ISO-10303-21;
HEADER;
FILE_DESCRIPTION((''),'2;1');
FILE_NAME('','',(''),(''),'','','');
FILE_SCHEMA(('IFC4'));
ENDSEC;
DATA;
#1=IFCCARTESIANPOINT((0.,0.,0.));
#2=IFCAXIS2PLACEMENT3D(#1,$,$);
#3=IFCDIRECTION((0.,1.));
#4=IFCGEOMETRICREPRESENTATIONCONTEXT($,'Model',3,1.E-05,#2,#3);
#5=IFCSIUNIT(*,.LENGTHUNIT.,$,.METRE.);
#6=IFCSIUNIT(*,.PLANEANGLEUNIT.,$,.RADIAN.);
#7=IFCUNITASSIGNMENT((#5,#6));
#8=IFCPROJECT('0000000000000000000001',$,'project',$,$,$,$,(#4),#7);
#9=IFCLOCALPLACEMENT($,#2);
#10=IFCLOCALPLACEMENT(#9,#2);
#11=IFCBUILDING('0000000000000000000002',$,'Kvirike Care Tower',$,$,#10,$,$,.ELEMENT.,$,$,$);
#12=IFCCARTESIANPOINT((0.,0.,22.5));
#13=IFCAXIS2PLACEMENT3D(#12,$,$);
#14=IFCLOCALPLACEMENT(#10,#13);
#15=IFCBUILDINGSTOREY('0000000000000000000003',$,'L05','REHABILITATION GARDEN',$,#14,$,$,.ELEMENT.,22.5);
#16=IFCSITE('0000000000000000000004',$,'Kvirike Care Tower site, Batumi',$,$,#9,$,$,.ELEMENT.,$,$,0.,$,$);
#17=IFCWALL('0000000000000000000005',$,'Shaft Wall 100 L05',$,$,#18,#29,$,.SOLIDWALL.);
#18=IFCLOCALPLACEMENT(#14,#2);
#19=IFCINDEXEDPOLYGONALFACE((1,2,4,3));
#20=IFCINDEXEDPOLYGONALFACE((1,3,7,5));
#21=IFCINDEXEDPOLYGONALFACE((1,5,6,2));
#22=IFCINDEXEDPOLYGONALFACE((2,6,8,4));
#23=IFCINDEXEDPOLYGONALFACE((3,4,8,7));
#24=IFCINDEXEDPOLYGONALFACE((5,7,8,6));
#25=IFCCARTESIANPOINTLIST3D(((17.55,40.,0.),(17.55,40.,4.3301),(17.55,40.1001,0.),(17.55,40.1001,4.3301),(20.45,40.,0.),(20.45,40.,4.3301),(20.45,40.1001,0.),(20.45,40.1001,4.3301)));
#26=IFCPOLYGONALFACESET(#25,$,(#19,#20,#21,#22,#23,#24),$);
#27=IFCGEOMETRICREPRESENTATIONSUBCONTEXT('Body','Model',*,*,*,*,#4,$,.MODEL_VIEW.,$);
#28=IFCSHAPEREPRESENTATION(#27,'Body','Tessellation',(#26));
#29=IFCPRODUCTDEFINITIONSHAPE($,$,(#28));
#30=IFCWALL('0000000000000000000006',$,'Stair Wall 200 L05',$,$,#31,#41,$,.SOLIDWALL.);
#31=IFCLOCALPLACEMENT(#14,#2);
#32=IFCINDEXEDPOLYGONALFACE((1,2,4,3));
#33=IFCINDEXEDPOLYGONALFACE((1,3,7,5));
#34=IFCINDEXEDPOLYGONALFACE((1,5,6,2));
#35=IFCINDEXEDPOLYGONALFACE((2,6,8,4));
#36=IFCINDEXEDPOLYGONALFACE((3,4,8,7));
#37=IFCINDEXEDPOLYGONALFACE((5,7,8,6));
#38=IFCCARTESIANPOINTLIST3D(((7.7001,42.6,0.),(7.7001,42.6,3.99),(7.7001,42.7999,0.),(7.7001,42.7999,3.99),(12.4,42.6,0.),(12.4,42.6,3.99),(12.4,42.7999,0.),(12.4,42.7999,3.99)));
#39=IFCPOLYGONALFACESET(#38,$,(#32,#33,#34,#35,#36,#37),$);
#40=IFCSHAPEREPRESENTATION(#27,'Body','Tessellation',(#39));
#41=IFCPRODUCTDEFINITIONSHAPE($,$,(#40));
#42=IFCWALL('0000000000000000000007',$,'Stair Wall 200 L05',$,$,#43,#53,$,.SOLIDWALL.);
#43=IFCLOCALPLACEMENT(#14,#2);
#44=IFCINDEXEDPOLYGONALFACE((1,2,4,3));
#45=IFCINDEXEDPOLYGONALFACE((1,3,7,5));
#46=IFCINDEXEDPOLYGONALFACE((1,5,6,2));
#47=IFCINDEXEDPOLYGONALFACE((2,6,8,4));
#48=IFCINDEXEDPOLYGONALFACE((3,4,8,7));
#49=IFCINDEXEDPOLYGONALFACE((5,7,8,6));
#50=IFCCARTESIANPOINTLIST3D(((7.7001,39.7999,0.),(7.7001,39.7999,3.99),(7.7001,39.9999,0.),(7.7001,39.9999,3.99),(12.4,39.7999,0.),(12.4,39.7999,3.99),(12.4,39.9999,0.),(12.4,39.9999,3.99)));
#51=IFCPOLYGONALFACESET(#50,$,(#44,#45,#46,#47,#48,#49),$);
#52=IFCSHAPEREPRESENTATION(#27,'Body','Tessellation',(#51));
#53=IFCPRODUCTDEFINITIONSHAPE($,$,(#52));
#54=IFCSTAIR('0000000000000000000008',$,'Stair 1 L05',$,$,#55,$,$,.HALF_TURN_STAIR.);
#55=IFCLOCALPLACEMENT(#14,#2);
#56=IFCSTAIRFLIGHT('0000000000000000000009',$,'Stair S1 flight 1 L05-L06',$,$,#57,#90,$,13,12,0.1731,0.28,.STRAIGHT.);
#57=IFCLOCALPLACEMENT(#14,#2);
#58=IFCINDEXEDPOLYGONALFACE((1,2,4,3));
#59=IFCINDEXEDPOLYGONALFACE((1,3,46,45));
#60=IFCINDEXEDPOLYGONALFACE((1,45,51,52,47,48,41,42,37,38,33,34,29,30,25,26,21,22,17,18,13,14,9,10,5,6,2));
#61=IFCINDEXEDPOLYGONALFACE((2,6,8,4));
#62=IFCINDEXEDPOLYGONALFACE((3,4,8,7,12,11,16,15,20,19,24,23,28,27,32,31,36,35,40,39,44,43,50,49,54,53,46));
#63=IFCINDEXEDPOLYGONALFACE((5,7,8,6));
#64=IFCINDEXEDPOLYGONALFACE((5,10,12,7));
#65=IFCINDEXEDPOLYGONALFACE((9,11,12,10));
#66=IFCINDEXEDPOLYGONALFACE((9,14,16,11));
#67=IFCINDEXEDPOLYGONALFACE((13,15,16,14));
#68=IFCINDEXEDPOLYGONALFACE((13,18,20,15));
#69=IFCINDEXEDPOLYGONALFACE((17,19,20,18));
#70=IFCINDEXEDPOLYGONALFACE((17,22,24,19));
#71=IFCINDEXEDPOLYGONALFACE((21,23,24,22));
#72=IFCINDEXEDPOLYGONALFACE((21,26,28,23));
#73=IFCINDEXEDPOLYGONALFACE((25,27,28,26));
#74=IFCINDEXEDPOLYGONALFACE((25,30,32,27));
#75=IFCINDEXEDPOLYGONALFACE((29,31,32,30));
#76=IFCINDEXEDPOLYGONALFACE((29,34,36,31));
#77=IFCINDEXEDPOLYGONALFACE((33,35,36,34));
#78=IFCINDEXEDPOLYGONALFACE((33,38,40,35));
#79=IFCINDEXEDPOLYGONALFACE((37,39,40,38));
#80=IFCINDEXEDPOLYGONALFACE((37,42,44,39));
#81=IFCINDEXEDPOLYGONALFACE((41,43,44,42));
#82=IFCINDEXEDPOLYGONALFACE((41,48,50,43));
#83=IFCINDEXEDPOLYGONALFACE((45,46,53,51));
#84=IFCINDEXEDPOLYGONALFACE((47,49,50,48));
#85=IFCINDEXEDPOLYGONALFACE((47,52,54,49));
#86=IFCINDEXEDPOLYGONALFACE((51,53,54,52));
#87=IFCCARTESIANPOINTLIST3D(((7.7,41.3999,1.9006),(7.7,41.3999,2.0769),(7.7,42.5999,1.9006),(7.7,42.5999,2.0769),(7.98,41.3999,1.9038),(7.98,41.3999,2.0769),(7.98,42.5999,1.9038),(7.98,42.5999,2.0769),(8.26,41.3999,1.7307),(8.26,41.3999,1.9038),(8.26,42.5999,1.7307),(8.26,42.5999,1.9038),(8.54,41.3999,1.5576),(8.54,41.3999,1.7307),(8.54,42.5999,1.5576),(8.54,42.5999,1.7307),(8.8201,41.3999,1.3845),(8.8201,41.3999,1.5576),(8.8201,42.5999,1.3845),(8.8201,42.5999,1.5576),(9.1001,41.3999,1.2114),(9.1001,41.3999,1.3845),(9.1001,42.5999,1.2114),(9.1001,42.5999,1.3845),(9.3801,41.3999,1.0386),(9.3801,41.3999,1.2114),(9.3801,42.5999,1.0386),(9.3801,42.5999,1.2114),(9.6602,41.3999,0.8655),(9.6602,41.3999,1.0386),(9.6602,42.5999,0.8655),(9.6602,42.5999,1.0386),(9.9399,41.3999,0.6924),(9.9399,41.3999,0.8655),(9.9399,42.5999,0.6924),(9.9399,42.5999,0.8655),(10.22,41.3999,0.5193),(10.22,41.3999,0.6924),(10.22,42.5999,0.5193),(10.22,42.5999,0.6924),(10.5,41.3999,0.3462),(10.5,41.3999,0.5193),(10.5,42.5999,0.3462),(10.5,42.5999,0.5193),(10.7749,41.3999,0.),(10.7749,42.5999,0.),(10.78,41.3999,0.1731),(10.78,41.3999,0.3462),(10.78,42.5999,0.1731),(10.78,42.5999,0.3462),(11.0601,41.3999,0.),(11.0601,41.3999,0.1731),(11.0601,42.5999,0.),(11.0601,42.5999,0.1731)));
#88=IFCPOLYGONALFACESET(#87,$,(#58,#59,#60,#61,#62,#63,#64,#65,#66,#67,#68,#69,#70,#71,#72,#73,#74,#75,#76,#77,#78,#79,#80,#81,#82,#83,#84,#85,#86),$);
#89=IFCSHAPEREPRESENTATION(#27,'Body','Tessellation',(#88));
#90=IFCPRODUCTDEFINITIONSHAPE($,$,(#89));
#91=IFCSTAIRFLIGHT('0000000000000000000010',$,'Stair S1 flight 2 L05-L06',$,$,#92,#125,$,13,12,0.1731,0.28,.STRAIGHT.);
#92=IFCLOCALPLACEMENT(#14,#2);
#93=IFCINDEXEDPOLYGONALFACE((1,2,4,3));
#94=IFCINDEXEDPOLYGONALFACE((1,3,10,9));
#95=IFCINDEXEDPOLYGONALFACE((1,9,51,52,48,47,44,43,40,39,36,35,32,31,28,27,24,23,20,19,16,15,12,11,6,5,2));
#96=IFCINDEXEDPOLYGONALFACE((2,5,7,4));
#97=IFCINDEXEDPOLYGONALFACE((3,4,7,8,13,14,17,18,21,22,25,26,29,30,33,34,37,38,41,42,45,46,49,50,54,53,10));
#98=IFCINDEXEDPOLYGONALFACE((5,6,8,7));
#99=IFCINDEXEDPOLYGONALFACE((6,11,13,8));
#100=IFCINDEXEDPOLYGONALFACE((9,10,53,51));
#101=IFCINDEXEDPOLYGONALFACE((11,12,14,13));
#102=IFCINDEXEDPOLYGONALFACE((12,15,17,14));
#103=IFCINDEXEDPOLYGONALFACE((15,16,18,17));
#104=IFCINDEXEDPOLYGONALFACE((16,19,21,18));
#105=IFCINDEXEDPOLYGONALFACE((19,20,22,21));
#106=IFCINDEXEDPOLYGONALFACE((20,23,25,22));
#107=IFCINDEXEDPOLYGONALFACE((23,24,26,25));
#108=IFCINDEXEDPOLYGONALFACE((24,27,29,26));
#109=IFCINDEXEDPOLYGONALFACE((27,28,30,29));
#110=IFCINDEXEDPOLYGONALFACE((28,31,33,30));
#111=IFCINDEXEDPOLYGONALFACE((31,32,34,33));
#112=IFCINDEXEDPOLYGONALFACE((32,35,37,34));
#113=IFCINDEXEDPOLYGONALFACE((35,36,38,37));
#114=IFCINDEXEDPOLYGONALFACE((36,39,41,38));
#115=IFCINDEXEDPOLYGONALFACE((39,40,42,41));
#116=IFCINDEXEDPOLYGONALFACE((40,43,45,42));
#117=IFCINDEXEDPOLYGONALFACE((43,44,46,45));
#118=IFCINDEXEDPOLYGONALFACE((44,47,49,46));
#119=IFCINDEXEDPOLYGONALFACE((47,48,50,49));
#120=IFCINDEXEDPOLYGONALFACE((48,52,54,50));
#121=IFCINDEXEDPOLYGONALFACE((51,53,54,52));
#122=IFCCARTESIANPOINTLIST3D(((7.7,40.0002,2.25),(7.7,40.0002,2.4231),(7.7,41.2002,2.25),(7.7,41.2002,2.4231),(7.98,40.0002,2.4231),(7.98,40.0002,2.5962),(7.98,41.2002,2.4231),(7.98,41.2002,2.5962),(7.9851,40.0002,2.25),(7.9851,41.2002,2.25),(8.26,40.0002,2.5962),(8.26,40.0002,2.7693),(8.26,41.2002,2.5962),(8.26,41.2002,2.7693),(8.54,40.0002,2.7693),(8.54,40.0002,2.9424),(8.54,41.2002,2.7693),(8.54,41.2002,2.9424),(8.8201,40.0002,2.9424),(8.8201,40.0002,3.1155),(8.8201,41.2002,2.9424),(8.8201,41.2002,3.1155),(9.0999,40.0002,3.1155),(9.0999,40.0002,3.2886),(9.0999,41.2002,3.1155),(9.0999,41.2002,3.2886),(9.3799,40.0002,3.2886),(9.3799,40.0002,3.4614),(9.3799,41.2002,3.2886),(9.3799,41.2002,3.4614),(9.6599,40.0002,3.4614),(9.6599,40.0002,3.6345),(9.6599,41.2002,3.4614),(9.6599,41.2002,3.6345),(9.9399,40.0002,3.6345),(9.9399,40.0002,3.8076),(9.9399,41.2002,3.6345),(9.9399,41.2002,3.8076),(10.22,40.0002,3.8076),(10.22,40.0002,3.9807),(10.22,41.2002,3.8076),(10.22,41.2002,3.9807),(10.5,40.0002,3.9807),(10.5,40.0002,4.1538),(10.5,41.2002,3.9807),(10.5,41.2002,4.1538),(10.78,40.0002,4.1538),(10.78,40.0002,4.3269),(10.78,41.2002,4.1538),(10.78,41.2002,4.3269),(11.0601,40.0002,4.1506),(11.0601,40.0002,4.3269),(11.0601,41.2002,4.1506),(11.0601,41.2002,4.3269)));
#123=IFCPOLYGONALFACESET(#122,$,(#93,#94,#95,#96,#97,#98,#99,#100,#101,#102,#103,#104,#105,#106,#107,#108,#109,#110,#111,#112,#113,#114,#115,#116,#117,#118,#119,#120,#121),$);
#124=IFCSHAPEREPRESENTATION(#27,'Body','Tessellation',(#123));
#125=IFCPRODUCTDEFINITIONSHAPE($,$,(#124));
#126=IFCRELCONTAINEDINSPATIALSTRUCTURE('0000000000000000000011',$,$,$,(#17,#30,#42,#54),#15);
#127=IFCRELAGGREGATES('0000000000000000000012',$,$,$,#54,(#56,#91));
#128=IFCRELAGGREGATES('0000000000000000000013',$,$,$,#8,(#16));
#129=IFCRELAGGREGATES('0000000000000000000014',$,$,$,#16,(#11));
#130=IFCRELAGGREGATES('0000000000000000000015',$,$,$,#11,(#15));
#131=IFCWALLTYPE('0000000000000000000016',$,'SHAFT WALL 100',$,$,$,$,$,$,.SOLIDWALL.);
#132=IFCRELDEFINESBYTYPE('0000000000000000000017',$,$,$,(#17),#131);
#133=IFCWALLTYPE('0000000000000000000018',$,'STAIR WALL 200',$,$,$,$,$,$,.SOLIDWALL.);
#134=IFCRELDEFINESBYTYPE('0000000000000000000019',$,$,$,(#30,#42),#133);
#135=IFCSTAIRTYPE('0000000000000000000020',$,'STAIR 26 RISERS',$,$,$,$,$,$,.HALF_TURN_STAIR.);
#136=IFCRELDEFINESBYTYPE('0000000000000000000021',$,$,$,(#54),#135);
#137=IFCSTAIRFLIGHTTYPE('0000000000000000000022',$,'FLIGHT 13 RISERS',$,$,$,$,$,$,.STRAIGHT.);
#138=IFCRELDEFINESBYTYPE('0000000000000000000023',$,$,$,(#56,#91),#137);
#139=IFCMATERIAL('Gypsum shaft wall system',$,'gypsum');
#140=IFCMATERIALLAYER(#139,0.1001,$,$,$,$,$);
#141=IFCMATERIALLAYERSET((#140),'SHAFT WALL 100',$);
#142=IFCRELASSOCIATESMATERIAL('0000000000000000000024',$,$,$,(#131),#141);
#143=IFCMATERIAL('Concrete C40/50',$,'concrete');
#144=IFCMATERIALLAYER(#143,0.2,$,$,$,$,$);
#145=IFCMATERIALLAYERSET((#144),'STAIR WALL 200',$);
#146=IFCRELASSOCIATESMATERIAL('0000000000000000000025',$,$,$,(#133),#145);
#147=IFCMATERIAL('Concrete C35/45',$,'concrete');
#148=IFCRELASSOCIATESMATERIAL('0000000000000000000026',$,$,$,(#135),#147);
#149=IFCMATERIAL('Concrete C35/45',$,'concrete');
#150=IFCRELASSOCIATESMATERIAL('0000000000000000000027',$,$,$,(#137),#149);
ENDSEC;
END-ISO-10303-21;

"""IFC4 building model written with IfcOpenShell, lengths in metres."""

from ifc_helpers import new_model, si_unit, direction, frame, frame_2d, origin, place, context, subcontext, project, spatial, polyline, rectangle, outline, extrude, material, layer, layer_set, type_object, element, aggregate, save


model = new_model("IFC4")

# Units and contexts
model_context = context("Model", 3, precision=1e-05, world=origin(), true_north=direction((0.0, 1.0)))
body_context = subcontext(model_context, "Body", "Model", "MODEL_VIEW")
ifc_project = project(units=[si_unit("LENGTHUNIT", "METRE"), si_unit("PLANEANGLEUNIT", "RADIAN")], contexts=[model_context])

# Site, building, storey
site_placement = place(None, origin())
site = spatial("IfcSite", under=ifc_project, at=site_placement, Name="Kvirike Care Tower site, Batumi", CompositionType="ELEMENT", RefElevation=0.0)
building_placement = place(site_placement, origin())
building = spatial("IfcBuilding", under=site, at=building_placement, Name="Kvirike Care Tower", CompositionType="ELEMENT")
storey_placement = place(building_placement, frame((0.0, 0.0, 22.5)))
storey = spatial("IfcBuildingStorey", under=building, at=storey_placement, Name="L05", Description="REHABILITATION GARDEN", CompositionType="ELEMENT", Elevation=22.5)

# Walls
ifc_material_1 = material(Name="Gypsum shaft wall system", Category="gypsum")
ifc_layer_1 = layer(ifc_material_1, 0.1001)
ifc_layer_set_1 = layer_set([ifc_layer_1], Name="SHAFT WALL 100")
wall_type_1 = type_object("IfcWallType", Name="SHAFT WALL 100", PredefinedType="SOLIDWALL", material=ifc_layer_set_1)
wall_1_placement = place(storey_placement, frame((17.55, 40.05, 0.0), z_axis=(0.0, 0.0, 1.0), x_axis=(1.0, 0.0, 0.0)))
element("IfcWall", 1, at=wall_1_placement, inside=storey, type_object=wall_type_1, Name="Shaft Wall 100 L05", PredefinedType="SOLIDWALL", context=body_context, shape_type="SweptSolid", body=[
    extrude(rectangle(XDim=2.8999, YDim=0.1001, at=frame_2d((1.45, 0.0))), origin(), (0.0, 0.0, 1.0), 4.3301),
])
ifc_material_2 = material(Name="Concrete C40/50", Category="concrete")
ifc_layer_2 = layer(ifc_material_2, 0.2)
ifc_layer_set_2 = layer_set([ifc_layer_2], Name="STAIR WALL 200")
wall_type_2 = type_object("IfcWallType", Name="STAIR WALL 200", PredefinedType="SOLIDWALL", material=ifc_layer_set_2)
for number, where, z_axis, x_axis, name in (
    (2, (7.7, 42.7, 0.0), (0.0, 0.0, 1.0), (1.0, 0.0, 0.0), "Stair Wall 200 L05"),
    (3, (7.7, 39.8999, 0.0), (0.0, 0.0, 1.0), (1.0, 0.0, 0.0), "Stair Wall 200 L05"),
):
    element("IfcWall", number, at=place(storey_placement, frame(where, z_axis=z_axis, x_axis=x_axis)), inside=storey, type_object=wall_type_2, Name=name, PredefinedType="SOLIDWALL", context=body_context, shape_type="SweptSolid", body=[
        extrude(rectangle(XDim=4.7, YDim=0.2, at=frame_2d((2.3501, 0.0))), origin(), (0.0, 0.0, 1.0), 3.99),
    ])

# Stair, stair flights
ifc_material_3 = material(Name="Concrete C35/45", Category="concrete")
stair_type = type_object("IfcStairType", Name="STAIR 26 RISERS", PredefinedType="HALF_TURN_STAIR", material=ifc_material_3)
stair_placement = place(storey_placement, origin())
stair = element("IfcStair", 4, at=stair_placement, inside=storey, type_object=stair_type, Name="Stair 1 L05", PredefinedType="HALF_TURN_STAIR")
ifc_material_4 = material(Name="Concrete C35/45", Category="concrete")
stair_flight_type = type_object("IfcStairFlightType", Name="FLIGHT 13 RISERS", PredefinedType="STRAIGHT", material=ifc_material_4)
stair_flight_1_placement = place(storey_placement, frame((11.0601, 42.0, 0.0), z_axis=(0.0, 0.0, 1.0), x_axis=(-1.0, 0.0, 0.0)))
stair_flight_1 = element("IfcStairFlight", 5, at=stair_flight_1_placement, type_object=stair_flight_type, Name="Stair S1 flight 1 L05-L06", NumberOfRisers=13, NumberOfTreads=12, PredefinedType="STRAIGHT", RiserHeight=0.1731, TreadLength=0.28, context=body_context, shape_type="SweptSolid", body=[
    extrude(outline(polyline([(0.0, 0.0), (0.0, 0.1731), (0.28, 0.1731), (0.28, 0.3462), (0.5601, 0.3462), (0.5601, 0.5193), (0.8401, 0.5193), (0.8401, 0.6924), (1.1201, 0.6924), (1.1201, 0.8655), (1.3999, 0.8655), (1.3999, 1.0386), (1.6799, 1.0386), (1.6799, 1.2114), (1.96, 1.2114), (1.96, 1.3845), (2.24, 1.3845), (2.24, 1.5576), (2.52, 1.5576), (2.52, 1.7307), (2.8, 1.7307), (2.8, 1.9038), (3.0801, 1.9038), (3.0801, 2.0769), (3.3601, 2.0769), (3.3601, 2.25), (3.3601, 1.9006), (0.2852, 0.0), (0.0, 0.0)])), frame((0.0, 0.6001, 0.0), z_axis=(0.0, -1.0, 0.0), x_axis=(1.0, 0.0, 0.0)), (0.0, 0.0, 1.0), 1.2),
])
stair_flight_2_placement = place(storey_placement, frame((7.7, 40.6001, 2.25), z_axis=(0.0, 0.0, 1.0), x_axis=(1.0, 0.0, 0.0)))
stair_flight_2 = element("IfcStairFlight", 6, at=stair_flight_2_placement, type_object=stair_flight_type, Name="Stair S1 flight 2 L05-L06", NumberOfRisers=13, NumberOfTreads=12, PredefinedType="STRAIGHT", RiserHeight=0.1731, TreadLength=0.28, context=body_context, shape_type="SweptSolid", body=[
    extrude(outline(polyline([(0.0, 0.0), (0.0, 0.1731), (0.28, 0.1731), (0.28, 0.3462), (0.5601, 0.3462), (0.5601, 0.5193), (0.8401, 0.5193), (0.8401, 0.6924), (1.1201, 0.6924), (1.1201, 0.8655), (1.3999, 0.8655), (1.3999, 1.0386), (1.6799, 1.0386), (1.6799, 1.2114), (1.96, 1.2114), (1.96, 1.3845), (2.24, 1.3845), (2.24, 1.5576), (2.52, 1.5576), (2.52, 1.7307), (2.8, 1.7307), (2.8, 1.9038), (3.0801, 1.9038), (3.0801, 2.0769), (3.3601, 2.0769), (3.3601, 2.25), (3.3601, 1.9006), (0.2852, 0.0), (0.0, 0.0)])), frame((0.0, 0.6001, 0.0), z_axis=(0.0, -1.0, 0.0), x_axis=(1.0, 0.0, 0.0)), (0.0, 0.0, 1.0), 1.2),
])
aggregate(stair, [stair_flight_1, stair_flight_2])

save(model, "model.ifc")
